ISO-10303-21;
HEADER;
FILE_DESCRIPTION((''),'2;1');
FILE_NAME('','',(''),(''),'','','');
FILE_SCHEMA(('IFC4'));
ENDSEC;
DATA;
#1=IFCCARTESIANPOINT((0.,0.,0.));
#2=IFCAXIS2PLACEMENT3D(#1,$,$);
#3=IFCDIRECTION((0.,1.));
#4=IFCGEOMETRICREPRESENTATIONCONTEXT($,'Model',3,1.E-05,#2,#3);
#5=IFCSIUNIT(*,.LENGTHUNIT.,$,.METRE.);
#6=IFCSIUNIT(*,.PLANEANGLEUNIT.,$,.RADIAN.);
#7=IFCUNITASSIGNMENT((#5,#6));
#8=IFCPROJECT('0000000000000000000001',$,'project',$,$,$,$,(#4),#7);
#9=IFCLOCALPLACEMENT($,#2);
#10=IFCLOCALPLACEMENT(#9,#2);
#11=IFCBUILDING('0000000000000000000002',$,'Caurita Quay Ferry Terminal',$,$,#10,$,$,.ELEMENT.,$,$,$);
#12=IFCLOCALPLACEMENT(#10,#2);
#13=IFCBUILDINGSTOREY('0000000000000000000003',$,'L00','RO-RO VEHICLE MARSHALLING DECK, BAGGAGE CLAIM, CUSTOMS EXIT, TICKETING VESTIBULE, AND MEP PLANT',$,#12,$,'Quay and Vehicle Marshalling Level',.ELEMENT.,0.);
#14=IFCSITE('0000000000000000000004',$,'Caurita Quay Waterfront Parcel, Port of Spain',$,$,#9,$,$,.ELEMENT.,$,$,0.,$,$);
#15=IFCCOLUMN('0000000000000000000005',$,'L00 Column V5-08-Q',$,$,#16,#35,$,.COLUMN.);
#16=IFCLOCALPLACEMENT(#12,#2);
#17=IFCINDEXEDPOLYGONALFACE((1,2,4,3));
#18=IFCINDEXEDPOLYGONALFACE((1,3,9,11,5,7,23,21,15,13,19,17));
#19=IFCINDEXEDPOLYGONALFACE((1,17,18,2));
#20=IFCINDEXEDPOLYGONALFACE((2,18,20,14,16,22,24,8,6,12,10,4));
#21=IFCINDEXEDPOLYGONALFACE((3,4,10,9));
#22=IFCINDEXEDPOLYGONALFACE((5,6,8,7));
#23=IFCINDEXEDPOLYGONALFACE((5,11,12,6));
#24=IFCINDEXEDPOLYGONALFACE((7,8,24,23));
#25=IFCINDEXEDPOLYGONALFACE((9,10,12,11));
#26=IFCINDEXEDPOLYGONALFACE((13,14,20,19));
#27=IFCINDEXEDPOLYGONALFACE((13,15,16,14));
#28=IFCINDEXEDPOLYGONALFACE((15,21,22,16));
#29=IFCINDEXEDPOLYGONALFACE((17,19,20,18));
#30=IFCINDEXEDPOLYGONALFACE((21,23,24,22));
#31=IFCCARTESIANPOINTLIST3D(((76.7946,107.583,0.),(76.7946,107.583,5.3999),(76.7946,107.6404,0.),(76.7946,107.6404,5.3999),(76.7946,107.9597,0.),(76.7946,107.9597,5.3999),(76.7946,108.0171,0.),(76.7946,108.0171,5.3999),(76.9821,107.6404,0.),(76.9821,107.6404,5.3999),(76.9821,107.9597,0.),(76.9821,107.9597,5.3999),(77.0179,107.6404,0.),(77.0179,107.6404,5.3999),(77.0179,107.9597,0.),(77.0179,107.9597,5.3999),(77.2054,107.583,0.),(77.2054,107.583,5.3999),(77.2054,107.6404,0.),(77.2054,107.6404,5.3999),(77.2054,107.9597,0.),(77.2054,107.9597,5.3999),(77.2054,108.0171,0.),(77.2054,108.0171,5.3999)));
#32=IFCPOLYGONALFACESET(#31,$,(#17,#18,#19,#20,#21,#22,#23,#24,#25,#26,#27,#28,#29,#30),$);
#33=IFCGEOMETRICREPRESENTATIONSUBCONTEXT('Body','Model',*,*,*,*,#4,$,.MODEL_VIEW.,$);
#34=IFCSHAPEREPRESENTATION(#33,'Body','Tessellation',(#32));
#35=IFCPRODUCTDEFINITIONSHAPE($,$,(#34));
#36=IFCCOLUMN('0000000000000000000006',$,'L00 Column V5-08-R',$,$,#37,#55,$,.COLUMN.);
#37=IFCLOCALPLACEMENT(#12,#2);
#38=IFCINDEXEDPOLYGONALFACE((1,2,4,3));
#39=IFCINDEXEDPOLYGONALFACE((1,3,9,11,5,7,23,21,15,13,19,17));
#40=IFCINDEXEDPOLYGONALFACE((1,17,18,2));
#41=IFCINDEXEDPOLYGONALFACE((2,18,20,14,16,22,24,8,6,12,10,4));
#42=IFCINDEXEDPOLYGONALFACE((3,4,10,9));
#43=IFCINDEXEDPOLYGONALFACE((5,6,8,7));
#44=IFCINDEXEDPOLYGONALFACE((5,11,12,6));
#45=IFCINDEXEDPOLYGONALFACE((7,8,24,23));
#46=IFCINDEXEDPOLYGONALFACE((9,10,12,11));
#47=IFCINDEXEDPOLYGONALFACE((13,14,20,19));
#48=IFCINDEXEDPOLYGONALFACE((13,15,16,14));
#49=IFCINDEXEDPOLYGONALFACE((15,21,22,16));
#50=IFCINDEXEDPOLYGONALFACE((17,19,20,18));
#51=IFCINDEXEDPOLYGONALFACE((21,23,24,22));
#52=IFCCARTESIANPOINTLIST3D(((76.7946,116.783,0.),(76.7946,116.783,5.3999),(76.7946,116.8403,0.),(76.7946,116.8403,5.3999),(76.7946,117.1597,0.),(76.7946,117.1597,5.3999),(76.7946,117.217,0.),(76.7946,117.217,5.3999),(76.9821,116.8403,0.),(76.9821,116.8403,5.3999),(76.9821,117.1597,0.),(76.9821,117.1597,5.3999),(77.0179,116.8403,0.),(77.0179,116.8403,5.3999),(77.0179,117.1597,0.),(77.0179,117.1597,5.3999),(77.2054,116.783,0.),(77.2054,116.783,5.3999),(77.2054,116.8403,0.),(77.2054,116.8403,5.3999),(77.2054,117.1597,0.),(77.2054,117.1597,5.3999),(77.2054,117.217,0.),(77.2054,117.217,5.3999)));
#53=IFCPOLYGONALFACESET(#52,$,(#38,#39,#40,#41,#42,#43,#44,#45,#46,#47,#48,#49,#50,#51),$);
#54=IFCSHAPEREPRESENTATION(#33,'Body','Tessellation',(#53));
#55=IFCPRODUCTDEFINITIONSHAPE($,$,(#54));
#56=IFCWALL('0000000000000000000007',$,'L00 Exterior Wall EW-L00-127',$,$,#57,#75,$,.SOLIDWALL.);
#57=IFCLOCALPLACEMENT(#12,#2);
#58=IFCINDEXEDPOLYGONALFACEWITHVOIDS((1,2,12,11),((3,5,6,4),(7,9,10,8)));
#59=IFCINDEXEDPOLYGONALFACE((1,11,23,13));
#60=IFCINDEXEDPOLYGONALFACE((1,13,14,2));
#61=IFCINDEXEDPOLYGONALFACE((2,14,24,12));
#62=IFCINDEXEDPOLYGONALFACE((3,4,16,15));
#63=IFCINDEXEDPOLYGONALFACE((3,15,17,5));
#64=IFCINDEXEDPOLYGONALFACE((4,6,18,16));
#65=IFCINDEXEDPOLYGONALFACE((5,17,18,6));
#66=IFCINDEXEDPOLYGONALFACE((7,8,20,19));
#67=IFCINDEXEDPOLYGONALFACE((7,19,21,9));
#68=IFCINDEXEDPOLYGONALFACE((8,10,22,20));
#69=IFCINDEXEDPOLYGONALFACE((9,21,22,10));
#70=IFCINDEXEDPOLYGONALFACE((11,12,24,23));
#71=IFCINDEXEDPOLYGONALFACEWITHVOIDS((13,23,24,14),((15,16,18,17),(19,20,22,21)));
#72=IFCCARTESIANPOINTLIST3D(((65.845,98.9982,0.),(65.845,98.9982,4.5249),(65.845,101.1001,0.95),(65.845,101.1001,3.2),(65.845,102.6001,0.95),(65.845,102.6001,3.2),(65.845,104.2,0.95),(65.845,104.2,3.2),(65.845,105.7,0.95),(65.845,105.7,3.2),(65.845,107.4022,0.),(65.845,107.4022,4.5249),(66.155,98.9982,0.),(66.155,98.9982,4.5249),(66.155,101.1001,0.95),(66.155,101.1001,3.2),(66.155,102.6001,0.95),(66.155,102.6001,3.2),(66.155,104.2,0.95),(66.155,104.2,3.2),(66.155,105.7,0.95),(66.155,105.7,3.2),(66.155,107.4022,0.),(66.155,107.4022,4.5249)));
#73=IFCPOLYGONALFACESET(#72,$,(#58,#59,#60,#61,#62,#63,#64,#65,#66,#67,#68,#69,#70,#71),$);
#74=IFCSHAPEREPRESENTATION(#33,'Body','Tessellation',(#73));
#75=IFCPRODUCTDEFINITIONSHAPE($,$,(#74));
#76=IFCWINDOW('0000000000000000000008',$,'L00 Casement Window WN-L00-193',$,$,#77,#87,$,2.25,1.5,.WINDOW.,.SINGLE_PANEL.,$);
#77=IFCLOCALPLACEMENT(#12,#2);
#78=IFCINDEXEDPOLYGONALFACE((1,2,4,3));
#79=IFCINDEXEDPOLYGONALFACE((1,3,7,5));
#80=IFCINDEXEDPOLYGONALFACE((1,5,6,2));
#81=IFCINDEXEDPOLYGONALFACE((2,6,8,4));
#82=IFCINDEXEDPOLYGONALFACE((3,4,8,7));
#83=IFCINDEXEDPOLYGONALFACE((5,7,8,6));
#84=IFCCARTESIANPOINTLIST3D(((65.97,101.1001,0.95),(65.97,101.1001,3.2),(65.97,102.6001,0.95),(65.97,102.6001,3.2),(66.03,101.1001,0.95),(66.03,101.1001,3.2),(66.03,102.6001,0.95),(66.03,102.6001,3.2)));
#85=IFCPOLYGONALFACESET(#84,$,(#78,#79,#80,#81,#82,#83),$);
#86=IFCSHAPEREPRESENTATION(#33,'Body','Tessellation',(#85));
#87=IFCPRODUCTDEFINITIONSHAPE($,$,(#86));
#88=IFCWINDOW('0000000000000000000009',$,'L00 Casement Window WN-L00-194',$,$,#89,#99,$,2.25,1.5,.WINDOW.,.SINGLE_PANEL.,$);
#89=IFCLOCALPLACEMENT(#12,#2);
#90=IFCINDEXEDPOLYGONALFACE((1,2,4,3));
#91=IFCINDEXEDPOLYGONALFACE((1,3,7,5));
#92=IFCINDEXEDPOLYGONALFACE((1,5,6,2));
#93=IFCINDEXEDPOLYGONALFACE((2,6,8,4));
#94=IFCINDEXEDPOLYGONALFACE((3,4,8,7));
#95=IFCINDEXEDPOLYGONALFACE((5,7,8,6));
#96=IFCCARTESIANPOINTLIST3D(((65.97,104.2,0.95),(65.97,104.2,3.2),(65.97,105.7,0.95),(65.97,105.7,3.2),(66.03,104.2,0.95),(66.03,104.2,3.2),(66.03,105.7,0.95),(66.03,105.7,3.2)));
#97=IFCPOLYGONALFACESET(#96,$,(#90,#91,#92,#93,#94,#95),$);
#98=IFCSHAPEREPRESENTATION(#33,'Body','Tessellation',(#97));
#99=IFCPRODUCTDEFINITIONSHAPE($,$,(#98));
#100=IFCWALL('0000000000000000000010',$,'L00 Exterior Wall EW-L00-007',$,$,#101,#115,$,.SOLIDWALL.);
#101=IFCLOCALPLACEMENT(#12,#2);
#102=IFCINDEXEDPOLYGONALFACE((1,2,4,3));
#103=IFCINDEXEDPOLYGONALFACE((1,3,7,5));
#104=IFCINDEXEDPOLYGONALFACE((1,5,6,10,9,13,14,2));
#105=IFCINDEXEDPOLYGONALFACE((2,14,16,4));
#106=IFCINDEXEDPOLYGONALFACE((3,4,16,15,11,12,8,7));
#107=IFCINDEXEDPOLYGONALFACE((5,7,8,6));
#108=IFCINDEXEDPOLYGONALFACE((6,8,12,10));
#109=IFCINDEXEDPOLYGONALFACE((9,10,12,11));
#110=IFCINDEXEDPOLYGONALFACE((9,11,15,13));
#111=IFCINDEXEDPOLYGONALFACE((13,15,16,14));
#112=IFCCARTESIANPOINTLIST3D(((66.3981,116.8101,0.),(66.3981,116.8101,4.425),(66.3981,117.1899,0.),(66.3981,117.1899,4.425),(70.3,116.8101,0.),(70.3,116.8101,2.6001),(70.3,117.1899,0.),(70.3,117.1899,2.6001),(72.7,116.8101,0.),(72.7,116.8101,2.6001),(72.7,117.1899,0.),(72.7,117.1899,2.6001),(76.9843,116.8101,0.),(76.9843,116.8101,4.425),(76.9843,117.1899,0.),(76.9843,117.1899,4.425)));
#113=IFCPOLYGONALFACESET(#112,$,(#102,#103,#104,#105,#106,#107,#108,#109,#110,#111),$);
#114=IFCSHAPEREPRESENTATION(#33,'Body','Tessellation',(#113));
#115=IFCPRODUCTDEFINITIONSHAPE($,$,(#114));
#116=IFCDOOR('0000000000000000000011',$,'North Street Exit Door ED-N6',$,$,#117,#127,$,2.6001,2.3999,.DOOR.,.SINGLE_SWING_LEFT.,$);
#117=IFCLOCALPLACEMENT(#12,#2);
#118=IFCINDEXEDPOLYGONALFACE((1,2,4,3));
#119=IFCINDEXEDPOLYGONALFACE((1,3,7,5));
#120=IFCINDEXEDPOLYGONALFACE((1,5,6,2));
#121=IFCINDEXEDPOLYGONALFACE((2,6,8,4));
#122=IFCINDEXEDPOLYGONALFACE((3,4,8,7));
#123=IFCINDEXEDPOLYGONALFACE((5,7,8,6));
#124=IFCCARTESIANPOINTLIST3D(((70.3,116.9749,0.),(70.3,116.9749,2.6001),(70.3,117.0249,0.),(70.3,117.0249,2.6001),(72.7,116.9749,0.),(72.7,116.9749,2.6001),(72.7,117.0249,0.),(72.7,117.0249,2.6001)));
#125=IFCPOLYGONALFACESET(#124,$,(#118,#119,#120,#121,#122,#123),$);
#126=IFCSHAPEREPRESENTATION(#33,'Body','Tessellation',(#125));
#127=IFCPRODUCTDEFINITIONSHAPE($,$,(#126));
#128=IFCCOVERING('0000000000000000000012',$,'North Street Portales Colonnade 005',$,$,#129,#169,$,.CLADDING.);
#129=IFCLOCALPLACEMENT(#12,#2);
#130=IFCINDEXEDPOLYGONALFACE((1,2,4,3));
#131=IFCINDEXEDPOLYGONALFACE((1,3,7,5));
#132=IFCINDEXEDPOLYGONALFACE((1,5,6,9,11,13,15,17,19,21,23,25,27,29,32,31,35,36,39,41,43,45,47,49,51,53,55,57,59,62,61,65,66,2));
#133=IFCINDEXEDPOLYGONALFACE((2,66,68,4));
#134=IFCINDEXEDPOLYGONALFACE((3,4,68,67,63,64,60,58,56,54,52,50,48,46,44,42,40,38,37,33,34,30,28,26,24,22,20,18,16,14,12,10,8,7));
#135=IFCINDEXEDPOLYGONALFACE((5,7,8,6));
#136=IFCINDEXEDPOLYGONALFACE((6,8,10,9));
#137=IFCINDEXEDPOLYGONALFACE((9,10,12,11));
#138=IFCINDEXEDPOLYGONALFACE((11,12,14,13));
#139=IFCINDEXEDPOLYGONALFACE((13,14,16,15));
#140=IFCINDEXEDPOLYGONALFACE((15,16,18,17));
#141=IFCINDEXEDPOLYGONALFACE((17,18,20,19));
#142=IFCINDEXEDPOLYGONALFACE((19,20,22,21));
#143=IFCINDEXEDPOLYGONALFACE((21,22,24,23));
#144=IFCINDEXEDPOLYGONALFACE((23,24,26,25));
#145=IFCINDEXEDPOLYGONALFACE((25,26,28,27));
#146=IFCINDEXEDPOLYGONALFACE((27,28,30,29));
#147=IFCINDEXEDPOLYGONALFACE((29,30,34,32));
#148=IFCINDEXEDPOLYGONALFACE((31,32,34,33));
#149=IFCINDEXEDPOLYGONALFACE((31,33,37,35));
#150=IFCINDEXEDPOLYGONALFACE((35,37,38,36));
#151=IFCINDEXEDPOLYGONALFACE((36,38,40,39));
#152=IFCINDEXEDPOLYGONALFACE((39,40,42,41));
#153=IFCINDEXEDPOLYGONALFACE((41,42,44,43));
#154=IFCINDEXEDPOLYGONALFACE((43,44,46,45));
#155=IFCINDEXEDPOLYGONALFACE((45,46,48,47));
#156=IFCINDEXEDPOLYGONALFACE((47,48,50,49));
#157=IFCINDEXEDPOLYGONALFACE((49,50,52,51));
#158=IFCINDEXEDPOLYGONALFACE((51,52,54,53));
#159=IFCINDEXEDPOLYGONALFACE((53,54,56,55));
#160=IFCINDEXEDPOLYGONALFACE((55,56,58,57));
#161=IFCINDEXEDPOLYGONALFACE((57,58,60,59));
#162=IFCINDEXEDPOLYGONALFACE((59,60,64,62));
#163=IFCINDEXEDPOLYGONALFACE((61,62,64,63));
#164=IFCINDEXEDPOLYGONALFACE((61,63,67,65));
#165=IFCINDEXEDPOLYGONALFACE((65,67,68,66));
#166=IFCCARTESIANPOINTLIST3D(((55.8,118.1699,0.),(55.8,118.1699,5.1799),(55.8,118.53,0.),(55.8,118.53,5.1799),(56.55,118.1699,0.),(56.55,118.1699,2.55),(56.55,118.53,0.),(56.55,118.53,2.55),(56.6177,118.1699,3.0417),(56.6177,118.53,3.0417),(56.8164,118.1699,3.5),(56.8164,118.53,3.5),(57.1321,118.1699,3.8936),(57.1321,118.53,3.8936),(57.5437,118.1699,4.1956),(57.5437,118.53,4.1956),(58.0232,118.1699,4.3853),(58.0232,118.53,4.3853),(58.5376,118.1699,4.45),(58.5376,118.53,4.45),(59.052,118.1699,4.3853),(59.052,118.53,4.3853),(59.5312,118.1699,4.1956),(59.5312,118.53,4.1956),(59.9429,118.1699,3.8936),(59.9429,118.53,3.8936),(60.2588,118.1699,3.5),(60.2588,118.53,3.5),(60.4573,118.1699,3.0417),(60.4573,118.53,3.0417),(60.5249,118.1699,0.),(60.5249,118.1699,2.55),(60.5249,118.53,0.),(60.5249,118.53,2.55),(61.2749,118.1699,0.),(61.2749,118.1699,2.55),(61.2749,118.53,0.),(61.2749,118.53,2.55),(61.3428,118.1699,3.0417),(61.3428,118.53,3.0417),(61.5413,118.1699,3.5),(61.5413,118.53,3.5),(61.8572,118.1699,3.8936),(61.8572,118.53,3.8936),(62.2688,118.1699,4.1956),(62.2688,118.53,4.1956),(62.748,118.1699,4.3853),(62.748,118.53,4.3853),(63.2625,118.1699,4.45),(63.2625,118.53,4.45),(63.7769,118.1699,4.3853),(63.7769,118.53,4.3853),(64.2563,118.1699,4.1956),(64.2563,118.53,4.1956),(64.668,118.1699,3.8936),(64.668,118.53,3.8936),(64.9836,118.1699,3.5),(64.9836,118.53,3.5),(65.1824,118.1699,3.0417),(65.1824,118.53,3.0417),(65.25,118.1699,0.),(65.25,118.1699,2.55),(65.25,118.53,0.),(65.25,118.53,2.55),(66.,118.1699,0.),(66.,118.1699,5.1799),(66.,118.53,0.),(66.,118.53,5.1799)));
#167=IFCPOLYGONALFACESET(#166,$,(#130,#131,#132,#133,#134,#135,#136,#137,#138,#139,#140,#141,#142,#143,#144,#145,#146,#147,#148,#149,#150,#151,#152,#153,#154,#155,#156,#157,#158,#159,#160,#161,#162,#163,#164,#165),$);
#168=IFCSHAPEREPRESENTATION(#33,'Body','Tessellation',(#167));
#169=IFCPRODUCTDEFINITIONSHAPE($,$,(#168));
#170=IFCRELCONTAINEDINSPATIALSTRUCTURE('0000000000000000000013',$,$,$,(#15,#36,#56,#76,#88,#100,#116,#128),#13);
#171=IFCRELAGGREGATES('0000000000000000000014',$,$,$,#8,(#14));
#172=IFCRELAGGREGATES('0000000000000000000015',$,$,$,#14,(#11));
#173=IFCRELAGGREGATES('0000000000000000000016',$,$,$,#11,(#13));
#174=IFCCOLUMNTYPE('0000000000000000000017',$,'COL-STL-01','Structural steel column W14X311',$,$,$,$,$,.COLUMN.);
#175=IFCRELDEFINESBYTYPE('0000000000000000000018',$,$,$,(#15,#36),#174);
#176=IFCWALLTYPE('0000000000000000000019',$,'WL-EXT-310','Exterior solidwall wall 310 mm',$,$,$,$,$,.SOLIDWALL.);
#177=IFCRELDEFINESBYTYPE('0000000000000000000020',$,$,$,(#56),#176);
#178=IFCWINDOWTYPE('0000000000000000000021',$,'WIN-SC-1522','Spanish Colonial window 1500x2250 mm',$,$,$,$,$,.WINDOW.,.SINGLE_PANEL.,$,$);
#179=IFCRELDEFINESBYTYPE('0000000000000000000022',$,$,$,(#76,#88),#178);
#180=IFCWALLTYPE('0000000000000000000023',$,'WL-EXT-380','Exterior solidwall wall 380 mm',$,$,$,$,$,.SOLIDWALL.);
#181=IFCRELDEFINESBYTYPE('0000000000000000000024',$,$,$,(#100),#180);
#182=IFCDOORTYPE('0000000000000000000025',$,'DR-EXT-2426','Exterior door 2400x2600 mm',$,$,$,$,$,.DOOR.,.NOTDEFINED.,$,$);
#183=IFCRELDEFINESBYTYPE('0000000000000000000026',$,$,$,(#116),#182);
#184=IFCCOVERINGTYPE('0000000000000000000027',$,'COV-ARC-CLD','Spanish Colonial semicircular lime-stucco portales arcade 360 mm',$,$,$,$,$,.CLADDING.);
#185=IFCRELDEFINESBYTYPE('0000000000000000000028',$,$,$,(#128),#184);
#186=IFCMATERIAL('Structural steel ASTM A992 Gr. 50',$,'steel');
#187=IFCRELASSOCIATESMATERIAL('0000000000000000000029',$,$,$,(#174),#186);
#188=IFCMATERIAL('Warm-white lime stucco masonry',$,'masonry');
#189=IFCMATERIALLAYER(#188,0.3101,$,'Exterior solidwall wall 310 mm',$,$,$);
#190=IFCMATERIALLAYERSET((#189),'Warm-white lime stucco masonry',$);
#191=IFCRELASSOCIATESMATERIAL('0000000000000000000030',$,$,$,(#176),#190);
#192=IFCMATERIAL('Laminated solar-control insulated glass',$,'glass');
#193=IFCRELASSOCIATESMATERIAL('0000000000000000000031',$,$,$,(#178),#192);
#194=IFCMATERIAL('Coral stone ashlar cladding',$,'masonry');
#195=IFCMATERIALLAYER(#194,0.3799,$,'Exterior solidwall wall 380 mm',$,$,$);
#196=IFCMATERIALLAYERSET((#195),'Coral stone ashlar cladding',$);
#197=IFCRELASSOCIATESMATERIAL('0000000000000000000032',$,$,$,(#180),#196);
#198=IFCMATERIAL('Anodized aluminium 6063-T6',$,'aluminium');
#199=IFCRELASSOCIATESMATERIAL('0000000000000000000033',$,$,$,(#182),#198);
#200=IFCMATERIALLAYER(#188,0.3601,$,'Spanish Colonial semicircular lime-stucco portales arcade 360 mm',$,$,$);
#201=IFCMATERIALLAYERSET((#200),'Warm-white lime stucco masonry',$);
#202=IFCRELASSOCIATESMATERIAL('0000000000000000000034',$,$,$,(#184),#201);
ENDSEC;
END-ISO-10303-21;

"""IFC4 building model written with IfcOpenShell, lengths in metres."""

from ifc_helpers import new_model, si_unit, direction, frame, frame_2d, origin, origin_2d, place, context, subcontext, project, spatial, polyline, rectangle, i_section, outline, extrude, material, layer, layer_set, material_profile, profile_set, type_object, element, fill, save


model = new_model("IFC4")

# Units and contexts
model_context = context("Model", 3, precision=1e-05, world=origin(), true_north=direction((0.0, 1.0)))
body_context = subcontext(model_context, "Body", "Model", "MODEL_VIEW")
ifc_project = project(units=[si_unit("LENGTHUNIT", "METRE"), si_unit("PLANEANGLEUNIT", "RADIAN")], contexts=[model_context])

# Site, building, storey
site_placement = place(None, origin())
site = spatial("IfcSite", under=ifc_project, at=site_placement, Name="Caurita Quay Waterfront Parcel, Port of Spain", CompositionType="ELEMENT", RefElevation=0.0)
building_placement = place(site_placement, origin())
building = spatial("IfcBuilding", under=site, at=building_placement, Name="Caurita Quay Ferry Terminal", CompositionType="ELEMENT")
storey_placement = place(building_placement, origin())
storey = spatial("IfcBuildingStorey", under=building, at=storey_placement, Name="L00", Description="RO-RO VEHICLE MARSHALLING DECK, BAGGAGE CLAIM, CUSTOMS EXIT, TICKETING VESTIBULE, AND MEP PLANT", LongName="Quay and Vehicle Marshalling Level", CompositionType="ELEMENT", Elevation=0.0)

# Columns
ifc_material_1 = material(Name="Structural steel ASTM A992 Gr. 50", Category="steel")
ifc_material_profile_1 = material_profile(ifc_material_1, i_section(OverallWidth=0.4109, OverallDepth=0.4341, WebThickness=0.0359, FlangeThickness=0.0574, at=origin_2d()), Name="W14X311")
ifc_profile_set_1 = profile_set([ifc_material_profile_1], Name="Structural steel ASTM A992 Gr. 50")
column_type_1 = type_object("IfcColumnType", Name="COL-STL-01", Description="Structural steel column W14X311", PredefinedType="COLUMN", material=ifc_profile_set_1)
for number, where, z_axis, x_axis, name in (
    (1, (77.0, 107.8, 0.0), (0.0, 0.0, 1.0), (1.0, 0.0, 0.0), "L00 Column V5-08-Q"),
    (2, (77.0, 117.0, 0.0), (0.0, 0.0, 1.0), (1.0, 0.0, 0.0), "L00 Column V5-08-R"),
):
    element("IfcColumn", number, at=place(storey_placement, frame(where, z_axis=z_axis, x_axis=x_axis)), inside=storey, type_object=column_type_1, Name=name, PredefinedType="COLUMN", context=body_context, shape_type="SweptSolid", body=[
        extrude(i_section(OverallWidth=0.4109, OverallDepth=0.4341, WebThickness=0.0359, FlangeThickness=0.0574, at=origin_2d()), origin(), (0.0, 0.0, 1.0), 5.3999),
    ])

# Wall, openings, windows
ifc_material_2 = material(Name="Warm-white lime stucco masonry", Category="masonry")
ifc_layer_1 = layer(ifc_material_2, 0.3101, Name="Exterior solidwall wall 310 mm")
ifc_layer_set_1 = layer_set([ifc_layer_1], Name="Warm-white lime stucco masonry")
wall_type_1 = type_object("IfcWallType", Name="WL-EXT-310", Description="Exterior solidwall wall 310 mm", PredefinedType="SOLIDWALL", material=ifc_layer_set_1)
wall_1_placement = place(storey_placement, frame((66.0, 98.998, 0.0), z_axis=(0.0, 0.0, 1.0), x_axis=(0.0, 1.0, 0.0)))
wall_1 = element("IfcWall", 3, at=wall_1_placement, inside=storey, type_object=wall_type_1, Name="L00 Exterior Wall EW-L00-127", PredefinedType="SOLIDWALL", context=body_context, shape_type="SweptSolid", body=[
    extrude(rectangle(XDim=8.4041, YDim=0.3101, at=frame_2d((4.2021, 0.0))), origin(), (0.0, 0.0, 1.0), 4.5249),
])
opening_1_placement = place(wall_1_placement, frame((2.1021, 0.0, 0.95)))
opening_1 = element("IfcOpeningElement", 4, at=opening_1_placement, cuts=wall_1, PredefinedType="OPENING", context=body_context, shape_type="SweptSolid", body=[
    extrude(rectangle(XDim=1.5, YDim=2.25, at=frame_2d((0.75, 1.125))), frame((0.0, 0.165, 0.0), z_axis=(0.0, -1.0, 0.0), x_axis=(1.0, 0.0, 0.0)), (0.0, 0.0, 1.0), 0.3301),
])
opening_2_placement = place(wall_1_placement, frame((5.2019, 0.0, 0.95)))
opening_2 = element("IfcOpeningElement", 5, at=opening_2_placement, cuts=wall_1, PredefinedType="OPENING", context=body_context, shape_type="SweptSolid", body=[
    extrude(rectangle(XDim=1.5, YDim=2.25, at=frame_2d((0.75, 1.125))), frame((0.0, 0.165, 0.0), z_axis=(0.0, -1.0, 0.0), x_axis=(1.0, 0.0, 0.0)), (0.0, 0.0, 1.0), 0.3301),
])
ifc_material_3 = material(Name="Laminated solar-control insulated glass", Category="glass")
window_type = type_object("IfcWindowType", Name="WIN-SC-1522", Description="Spanish Colonial window 1500x2250 mm", PartitioningType="SINGLE_PANEL", PredefinedType="WINDOW", material=ifc_material_3)
window_1_placement = place(opening_1_placement, origin())
window_1 = element("IfcWindow", 6, at=window_1_placement, inside=storey, type_object=window_type, Name="L00 Casement Window WN-L00-193", OverallHeight=2.25, OverallWidth=1.5, PartitioningType="SINGLE_PANEL", PredefinedType="WINDOW", context=body_context, shape_type="SweptSolid", body=[
    extrude(rectangle(XDim=1.5, YDim=2.25, at=frame_2d((0.75, 1.125))), frame((0.0, 0.03, 0.0), z_axis=(0.0, -1.0, 0.0), x_axis=(1.0, 0.0, 0.0)), (0.0, 0.0, 1.0), 0.0601),
])
fill(opening_1, window_1)
window_2_placement = place(opening_2_placement, origin())
window_2 = element("IfcWindow", 7, at=window_2_placement, inside=storey, type_object=window_type, Name="L00 Casement Window WN-L00-194", OverallHeight=2.25, OverallWidth=1.5, PartitioningType="SINGLE_PANEL", PredefinedType="WINDOW", context=body_context, shape_type="SweptSolid", body=[
    extrude(rectangle(XDim=1.5, YDim=2.25, at=frame_2d((0.75, 1.125))), frame((0.0, 0.03, 0.0), z_axis=(0.0, -1.0, 0.0), x_axis=(1.0, 0.0, 0.0)), (0.0, 0.0, 1.0), 0.0601),
])
fill(opening_2, window_2)

# Wall, opening, door
ifc_material_4 = material(Name="Coral stone ashlar cladding", Category="masonry")
ifc_layer_2 = layer(ifc_material_4, 0.3799, Name="Exterior solidwall wall 380 mm")
ifc_layer_set_2 = layer_set([ifc_layer_2], Name="Coral stone ashlar cladding")
wall_type_2 = type_object("IfcWallType", Name="WL-EXT-380", Description="Exterior solidwall wall 380 mm", PredefinedType="SOLIDWALL", material=ifc_layer_set_2)
wall_2_placement = place(storey_placement, frame((76.9841, 117.0, 0.0), z_axis=(0.0, 0.0, 1.0), x_axis=(-1.0, 0.0, 0.0)))
wall_2 = element("IfcWall", 8, at=wall_2_placement, inside=storey, type_object=wall_type_2, Name="L00 Exterior Wall EW-L00-007", PredefinedType="SOLIDWALL", context=body_context, shape_type="SweptSolid", body=[
    extrude(rectangle(XDim=10.5862, YDim=0.3799, at=frame_2d((5.293, 0.0))), origin(), (0.0, 0.0, 1.0), 4.425),
])
opening_3_placement = place(wall_2_placement, frame((4.2842, 0.0, 0.0)))
opening_3 = element("IfcOpeningElement", 9, at=opening_3_placement, cuts=wall_2, PredefinedType="OPENING", context=body_context, shape_type="SweptSolid", body=[
    extrude(rectangle(XDim=2.3999, YDim=2.6001, at=frame_2d((1.2, 1.3))), frame((0.0, 0.2, 0.0), z_axis=(0.0, -1.0, 0.0), x_axis=(1.0, 0.0, 0.0)), (0.0, 0.0, 1.0), 0.3999),
])
ifc_material_5 = material(Name="Anodized aluminium 6063-T6", Category="aluminium")
door_type = type_object("IfcDoorType", Name="DR-EXT-2426", Description="Exterior door 2400x2600 mm", OperationType="NOTDEFINED", PredefinedType="DOOR", material=ifc_material_5)
door_placement = place(opening_3_placement, frame((2.3999, 0.0, 0.0), z_axis=(0.0, 0.0, 1.0), x_axis=(-1.0, 0.0, 0.0)))
door = element("IfcDoor", 10, at=door_placement, inside=storey, type_object=door_type, Name="North Street Exit Door ED-N6", OperationType="SINGLE_SWING_LEFT", OverallHeight=2.6001, OverallWidth=2.3999, PredefinedType="DOOR", context=body_context, shape_type="SweptSolid", body=[
    extrude(rectangle(XDim=2.3999, YDim=2.6001, at=frame_2d((1.2, 1.3))), frame((0.0, 0.0249, 0.0), z_axis=(0.0, -1.0, 0.0), x_axis=(1.0, 0.0, 0.0)), (0.0, 0.0, 1.0), 0.05),
])
fill(opening_3, door)

# Covering
ifc_layer_3 = layer(ifc_material_2, 0.3601, Name="Spanish Colonial semicircular lime-stucco portales arcade 360 mm")
ifc_layer_set_3 = layer_set([ifc_layer_3], Name="Warm-white lime stucco masonry")
covering_type_1 = type_object("IfcCoveringType", Name="COV-ARC-CLD", Description="Spanish Colonial semicircular lime-stucco portales arcade 360 mm", PredefinedType="CLADDING", material=ifc_layer_set_3)
covering_1_placement = place(storey_placement, frame((66.0, 118.3501, 0.0), z_axis=(0.0, 0.0, 1.0), x_axis=(-1.0, 0.0, 0.0)))
element("IfcCovering", 11, at=covering_1_placement, inside=storey, type_object=covering_type_1, Name="North Street Portales Colonnade 005", PredefinedType="CLADDING", context=body_context, shape_type="SweptSolid", body=[
    extrude(outline(polyline([(0.0, 0.0), (0.75, 0.0), (0.75, 2.55), (0.8176, 3.0417), (1.0164, 3.5), (1.332, 3.8936), (1.7437, 4.1956), (2.2231, 4.3853), (2.7375, 4.45), (3.252, 4.3853), (3.7312, 4.1956), (4.1428, 3.8936), (4.4587, 3.5), (4.6572, 3.0417), (4.7251, 2.55), (4.7251, 0.0), (5.4751, 0.0), (5.4751, 2.55), (5.5427, 3.0417), (5.7412, 3.5), (6.0571, 3.8936), (6.4688, 4.1956), (6.948, 4.3853), (7.4624, 4.45), (7.9768, 4.3853), (8.4563, 4.1956), (8.8679, 3.8936), (9.1836, 3.5), (9.3823, 3.0417), (9.45, 2.55), (9.45, 0.0), (10.2, 0.0), (10.2, 5.1799), (0.0, 5.1799), (0.0, 0.0)])), frame((0.0, 0.1802, 0.0), z_axis=(0.0, -1.0, 0.0), x_axis=(1.0, 0.0, 0.0)), (0.0, 0.0, 1.0), 0.3601),
])

save(model, "model.ifc")
